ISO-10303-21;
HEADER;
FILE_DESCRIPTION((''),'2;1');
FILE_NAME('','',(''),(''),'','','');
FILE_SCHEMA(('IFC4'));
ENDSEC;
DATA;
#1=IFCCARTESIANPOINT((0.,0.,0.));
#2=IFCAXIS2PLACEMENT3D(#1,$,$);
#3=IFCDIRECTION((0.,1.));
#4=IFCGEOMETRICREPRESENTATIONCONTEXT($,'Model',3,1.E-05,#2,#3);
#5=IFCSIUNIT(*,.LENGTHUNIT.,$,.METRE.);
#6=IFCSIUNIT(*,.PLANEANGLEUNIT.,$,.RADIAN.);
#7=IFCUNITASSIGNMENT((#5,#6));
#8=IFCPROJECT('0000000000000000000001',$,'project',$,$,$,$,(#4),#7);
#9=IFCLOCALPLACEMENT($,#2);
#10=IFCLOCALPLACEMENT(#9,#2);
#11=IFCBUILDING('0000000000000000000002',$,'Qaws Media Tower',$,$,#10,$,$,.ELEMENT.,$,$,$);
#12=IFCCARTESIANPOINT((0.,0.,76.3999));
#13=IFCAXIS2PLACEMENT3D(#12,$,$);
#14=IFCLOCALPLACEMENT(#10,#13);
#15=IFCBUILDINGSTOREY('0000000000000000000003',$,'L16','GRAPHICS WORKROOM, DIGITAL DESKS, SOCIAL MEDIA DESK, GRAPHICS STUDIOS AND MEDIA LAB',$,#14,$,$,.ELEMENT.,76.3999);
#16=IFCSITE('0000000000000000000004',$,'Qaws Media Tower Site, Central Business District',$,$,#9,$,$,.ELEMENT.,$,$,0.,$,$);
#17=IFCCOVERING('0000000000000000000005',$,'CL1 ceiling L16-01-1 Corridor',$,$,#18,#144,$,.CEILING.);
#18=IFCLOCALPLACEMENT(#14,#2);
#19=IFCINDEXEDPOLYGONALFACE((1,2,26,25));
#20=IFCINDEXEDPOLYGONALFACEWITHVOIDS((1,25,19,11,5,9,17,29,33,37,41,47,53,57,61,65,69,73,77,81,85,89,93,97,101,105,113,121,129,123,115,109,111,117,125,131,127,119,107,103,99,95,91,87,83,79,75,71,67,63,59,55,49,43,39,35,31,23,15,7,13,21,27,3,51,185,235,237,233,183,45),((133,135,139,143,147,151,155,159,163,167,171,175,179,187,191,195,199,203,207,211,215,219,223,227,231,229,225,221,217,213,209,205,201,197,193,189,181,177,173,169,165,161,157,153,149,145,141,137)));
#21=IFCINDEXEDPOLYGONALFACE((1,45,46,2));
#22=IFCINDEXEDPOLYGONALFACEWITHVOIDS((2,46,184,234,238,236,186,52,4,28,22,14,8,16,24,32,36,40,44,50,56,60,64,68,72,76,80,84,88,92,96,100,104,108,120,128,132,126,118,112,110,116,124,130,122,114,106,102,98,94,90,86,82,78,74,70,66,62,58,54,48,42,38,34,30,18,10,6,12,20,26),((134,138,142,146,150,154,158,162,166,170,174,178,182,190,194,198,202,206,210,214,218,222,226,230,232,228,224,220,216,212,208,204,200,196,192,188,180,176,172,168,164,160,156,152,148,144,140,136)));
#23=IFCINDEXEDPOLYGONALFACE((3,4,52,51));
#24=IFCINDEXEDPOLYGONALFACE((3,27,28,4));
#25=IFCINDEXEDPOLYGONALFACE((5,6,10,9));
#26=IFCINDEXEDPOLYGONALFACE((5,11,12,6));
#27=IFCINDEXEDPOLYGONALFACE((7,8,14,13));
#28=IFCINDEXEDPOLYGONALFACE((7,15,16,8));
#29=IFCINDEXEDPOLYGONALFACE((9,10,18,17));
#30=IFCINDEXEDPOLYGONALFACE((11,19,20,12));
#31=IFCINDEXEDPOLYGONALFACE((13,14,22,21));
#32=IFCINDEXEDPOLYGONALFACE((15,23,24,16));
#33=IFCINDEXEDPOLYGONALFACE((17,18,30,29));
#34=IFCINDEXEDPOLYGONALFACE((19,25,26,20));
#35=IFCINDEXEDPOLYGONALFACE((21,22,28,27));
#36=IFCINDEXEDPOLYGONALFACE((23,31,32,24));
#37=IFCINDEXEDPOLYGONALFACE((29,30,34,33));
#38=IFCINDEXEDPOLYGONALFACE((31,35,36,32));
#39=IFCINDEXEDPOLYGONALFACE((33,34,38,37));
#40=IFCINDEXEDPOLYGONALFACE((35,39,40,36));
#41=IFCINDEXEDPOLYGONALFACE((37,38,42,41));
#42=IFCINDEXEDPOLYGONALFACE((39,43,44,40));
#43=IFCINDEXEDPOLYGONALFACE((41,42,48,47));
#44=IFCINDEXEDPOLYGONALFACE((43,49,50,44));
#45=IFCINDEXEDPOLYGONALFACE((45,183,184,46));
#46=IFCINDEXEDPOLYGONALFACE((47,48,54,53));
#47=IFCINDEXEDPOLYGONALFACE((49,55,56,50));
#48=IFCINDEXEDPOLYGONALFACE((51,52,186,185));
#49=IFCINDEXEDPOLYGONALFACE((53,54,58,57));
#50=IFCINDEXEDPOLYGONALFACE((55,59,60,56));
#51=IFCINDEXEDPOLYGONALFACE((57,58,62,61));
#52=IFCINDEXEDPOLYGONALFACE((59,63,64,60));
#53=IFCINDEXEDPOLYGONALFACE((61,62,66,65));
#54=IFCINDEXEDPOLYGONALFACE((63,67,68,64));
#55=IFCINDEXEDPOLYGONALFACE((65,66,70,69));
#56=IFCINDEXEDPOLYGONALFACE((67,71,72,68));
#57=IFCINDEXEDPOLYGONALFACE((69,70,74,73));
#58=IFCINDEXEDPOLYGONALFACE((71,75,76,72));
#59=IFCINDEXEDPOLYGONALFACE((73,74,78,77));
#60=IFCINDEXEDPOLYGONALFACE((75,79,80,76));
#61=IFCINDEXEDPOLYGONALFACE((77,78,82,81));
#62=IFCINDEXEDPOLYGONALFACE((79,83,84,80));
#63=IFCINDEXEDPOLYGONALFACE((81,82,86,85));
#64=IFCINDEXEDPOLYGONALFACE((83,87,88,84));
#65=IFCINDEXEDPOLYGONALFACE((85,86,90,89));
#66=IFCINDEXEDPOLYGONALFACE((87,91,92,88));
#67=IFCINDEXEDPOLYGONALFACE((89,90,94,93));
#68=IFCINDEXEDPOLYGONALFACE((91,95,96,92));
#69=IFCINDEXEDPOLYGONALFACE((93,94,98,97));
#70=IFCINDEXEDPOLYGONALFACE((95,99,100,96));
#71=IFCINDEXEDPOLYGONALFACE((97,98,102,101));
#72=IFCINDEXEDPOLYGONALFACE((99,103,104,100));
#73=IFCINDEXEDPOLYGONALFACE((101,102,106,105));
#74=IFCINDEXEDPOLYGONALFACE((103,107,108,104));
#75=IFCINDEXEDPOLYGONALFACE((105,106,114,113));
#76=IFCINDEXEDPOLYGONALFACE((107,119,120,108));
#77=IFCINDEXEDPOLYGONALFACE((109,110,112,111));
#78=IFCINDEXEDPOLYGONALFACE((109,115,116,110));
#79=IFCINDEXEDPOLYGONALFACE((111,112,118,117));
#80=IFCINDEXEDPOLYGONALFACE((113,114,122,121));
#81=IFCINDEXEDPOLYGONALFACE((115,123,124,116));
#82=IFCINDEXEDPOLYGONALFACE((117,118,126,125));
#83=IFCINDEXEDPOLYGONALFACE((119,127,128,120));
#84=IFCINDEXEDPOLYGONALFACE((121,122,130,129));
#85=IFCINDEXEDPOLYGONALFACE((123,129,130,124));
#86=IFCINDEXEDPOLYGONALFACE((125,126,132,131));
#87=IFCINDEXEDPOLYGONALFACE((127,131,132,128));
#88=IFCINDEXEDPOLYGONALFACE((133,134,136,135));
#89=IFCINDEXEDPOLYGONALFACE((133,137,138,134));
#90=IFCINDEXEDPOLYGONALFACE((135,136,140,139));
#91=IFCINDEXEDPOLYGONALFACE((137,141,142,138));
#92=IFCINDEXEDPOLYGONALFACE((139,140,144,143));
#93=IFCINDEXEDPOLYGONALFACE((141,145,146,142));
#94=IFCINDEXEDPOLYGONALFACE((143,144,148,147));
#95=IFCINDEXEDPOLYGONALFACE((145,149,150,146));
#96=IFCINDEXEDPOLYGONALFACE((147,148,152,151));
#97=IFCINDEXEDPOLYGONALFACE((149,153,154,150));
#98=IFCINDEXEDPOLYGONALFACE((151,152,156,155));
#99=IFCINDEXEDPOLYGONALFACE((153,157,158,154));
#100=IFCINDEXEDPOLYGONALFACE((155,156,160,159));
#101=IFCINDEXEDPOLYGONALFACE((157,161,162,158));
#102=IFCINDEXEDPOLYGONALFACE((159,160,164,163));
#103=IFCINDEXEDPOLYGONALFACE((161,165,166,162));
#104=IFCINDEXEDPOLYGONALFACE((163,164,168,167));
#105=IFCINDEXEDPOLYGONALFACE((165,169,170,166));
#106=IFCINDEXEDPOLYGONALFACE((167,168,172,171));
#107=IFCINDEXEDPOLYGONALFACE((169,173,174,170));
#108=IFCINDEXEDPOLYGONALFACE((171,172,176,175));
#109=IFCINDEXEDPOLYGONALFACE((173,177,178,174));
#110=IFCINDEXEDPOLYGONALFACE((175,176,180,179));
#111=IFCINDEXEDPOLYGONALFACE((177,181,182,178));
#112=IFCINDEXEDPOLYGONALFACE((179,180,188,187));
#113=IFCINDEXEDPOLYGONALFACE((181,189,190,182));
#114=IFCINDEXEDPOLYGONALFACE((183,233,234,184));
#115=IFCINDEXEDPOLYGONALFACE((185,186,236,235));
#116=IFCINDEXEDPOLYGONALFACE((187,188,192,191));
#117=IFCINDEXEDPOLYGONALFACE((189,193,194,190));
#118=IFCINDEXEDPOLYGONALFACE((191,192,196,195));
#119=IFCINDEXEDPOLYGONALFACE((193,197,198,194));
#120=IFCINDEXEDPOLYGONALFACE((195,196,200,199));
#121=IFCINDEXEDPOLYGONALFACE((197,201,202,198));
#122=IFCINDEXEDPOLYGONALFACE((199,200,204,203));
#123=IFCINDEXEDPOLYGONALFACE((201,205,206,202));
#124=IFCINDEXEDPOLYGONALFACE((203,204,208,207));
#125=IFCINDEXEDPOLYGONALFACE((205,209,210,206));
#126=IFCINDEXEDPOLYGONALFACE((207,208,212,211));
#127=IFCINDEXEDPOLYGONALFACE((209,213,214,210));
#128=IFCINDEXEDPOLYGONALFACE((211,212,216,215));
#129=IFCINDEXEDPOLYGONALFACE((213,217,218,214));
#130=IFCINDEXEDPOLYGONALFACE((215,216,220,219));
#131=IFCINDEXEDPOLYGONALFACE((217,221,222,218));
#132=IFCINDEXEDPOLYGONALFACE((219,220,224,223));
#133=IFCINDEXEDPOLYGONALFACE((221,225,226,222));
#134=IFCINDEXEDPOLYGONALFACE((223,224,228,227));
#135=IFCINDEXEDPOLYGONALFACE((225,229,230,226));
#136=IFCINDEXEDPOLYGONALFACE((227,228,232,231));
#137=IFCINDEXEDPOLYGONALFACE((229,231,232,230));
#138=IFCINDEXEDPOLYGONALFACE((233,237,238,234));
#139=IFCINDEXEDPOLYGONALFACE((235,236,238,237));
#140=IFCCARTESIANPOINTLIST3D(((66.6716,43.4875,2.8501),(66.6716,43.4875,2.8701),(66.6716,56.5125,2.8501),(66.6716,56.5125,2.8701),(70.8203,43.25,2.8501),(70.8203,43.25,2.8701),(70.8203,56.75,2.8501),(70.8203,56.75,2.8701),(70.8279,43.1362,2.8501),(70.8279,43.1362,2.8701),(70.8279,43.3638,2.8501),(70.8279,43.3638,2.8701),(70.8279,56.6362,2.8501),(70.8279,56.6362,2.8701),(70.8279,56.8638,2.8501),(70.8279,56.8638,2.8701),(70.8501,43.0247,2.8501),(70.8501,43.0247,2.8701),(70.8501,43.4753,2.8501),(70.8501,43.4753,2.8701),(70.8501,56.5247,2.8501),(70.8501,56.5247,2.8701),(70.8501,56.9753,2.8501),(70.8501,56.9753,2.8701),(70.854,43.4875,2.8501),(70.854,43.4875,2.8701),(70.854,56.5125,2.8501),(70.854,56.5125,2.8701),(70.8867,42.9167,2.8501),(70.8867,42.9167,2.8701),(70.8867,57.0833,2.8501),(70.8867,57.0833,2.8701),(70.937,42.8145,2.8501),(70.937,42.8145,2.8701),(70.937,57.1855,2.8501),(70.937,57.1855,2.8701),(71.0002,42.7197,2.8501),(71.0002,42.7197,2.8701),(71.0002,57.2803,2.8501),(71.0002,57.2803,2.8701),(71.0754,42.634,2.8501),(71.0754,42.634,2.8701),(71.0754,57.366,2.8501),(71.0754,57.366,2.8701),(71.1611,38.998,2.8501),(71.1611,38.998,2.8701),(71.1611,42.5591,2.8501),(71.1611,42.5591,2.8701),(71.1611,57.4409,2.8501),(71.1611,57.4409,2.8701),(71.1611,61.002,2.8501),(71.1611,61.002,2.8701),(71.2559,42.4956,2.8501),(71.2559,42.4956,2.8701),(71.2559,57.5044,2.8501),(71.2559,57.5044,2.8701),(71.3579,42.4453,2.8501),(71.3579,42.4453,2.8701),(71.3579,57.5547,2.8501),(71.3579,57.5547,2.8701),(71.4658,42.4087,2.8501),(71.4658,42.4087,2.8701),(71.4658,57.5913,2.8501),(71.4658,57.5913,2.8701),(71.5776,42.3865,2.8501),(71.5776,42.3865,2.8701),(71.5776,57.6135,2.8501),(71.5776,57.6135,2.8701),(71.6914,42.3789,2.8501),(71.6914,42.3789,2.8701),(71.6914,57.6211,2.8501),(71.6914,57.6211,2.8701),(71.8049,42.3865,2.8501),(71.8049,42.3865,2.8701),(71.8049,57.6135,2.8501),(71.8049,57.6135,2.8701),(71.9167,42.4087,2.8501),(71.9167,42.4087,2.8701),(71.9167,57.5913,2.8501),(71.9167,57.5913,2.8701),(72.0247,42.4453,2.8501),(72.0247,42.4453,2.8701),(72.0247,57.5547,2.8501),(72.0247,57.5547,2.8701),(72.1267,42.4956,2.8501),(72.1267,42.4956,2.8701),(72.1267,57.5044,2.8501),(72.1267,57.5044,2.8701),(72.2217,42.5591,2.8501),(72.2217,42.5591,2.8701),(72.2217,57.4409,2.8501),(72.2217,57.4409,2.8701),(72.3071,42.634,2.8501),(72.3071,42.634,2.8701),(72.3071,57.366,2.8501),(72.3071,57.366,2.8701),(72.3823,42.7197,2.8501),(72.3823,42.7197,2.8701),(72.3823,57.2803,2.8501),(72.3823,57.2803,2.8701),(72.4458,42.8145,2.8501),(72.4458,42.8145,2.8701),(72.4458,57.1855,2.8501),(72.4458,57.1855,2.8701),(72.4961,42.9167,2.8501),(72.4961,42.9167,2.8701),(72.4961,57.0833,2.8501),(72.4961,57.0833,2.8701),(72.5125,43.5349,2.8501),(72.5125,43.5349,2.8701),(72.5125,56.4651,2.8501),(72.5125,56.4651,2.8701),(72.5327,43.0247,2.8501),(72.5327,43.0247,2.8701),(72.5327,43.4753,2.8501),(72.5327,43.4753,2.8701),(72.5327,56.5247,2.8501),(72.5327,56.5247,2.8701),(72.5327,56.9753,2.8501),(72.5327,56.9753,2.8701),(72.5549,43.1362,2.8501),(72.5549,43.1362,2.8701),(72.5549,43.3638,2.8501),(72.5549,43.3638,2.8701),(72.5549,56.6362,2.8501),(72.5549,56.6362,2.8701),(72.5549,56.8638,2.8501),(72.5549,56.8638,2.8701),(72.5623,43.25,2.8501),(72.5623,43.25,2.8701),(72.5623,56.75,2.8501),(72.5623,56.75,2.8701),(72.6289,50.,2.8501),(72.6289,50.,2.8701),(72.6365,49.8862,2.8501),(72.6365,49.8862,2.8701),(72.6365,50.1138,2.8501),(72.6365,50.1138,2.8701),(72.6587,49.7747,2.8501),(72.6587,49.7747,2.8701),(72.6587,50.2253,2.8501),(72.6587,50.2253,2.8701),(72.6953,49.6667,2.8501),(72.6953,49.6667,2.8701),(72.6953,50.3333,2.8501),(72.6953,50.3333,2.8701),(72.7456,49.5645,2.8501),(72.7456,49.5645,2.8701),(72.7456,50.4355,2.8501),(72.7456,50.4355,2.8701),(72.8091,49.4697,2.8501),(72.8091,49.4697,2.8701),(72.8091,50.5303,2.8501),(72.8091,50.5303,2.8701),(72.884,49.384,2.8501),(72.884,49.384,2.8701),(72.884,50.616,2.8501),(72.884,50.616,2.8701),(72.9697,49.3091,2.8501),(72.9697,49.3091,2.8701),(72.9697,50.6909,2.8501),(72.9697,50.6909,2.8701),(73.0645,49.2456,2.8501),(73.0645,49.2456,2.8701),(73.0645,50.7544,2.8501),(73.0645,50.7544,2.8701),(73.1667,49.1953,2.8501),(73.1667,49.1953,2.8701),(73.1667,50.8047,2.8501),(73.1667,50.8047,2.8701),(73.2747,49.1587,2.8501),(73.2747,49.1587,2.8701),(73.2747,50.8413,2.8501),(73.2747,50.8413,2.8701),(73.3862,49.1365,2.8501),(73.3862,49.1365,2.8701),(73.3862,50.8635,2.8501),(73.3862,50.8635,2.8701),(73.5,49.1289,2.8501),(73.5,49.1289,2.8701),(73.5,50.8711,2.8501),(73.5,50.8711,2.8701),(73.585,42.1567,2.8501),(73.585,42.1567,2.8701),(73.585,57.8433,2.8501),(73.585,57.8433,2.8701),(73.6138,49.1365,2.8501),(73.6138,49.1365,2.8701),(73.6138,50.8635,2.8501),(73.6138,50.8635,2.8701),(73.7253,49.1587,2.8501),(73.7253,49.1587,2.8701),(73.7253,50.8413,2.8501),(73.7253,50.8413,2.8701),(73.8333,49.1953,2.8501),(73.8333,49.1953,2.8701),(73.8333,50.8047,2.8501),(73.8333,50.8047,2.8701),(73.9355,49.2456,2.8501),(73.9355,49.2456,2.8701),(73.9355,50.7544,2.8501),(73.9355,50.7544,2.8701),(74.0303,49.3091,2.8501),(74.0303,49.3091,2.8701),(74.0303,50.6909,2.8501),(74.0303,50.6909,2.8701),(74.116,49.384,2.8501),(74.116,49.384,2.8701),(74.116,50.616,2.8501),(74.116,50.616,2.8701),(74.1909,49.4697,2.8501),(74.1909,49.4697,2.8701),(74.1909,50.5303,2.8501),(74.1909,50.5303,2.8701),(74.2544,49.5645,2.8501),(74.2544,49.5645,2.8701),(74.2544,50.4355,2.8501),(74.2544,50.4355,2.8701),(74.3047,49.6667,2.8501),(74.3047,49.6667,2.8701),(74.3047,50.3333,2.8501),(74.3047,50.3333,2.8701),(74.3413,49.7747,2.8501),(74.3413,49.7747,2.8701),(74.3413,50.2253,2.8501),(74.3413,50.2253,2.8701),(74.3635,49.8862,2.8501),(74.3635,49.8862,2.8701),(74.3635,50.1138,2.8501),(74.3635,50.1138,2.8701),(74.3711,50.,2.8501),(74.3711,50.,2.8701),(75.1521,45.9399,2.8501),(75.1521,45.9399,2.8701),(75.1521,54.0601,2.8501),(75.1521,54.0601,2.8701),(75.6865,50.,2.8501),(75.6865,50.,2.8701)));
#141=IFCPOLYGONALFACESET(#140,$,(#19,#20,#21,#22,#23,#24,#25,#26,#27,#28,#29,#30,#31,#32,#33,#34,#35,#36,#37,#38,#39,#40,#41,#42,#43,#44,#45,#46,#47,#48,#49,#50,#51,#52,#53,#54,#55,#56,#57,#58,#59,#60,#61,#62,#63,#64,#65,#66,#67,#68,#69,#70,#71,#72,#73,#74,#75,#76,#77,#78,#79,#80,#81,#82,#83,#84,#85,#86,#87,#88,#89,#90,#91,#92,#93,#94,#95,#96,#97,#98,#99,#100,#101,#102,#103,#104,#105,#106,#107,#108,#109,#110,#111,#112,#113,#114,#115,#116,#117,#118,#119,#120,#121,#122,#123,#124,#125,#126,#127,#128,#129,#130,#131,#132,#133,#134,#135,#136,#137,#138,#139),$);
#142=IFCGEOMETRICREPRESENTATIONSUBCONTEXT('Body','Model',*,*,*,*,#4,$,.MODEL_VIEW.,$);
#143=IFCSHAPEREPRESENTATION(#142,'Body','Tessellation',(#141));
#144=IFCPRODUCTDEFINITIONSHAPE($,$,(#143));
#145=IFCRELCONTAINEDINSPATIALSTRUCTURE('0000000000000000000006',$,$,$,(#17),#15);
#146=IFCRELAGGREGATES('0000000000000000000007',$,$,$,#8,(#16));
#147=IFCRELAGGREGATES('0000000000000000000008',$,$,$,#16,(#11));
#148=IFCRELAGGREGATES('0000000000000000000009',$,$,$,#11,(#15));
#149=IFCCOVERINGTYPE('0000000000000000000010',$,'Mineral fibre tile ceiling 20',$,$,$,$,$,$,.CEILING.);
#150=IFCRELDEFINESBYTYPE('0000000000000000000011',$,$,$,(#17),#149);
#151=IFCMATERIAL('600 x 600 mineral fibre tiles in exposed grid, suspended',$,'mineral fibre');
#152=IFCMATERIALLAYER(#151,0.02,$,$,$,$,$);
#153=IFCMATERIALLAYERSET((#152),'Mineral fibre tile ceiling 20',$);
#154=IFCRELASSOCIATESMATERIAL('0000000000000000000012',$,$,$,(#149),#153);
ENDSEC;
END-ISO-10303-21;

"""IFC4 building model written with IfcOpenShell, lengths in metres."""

from ifc_helpers import new_model, si_unit, direction, frame, origin, place, context, subcontext, project, spatial, polyline, outline, extrude, material, layer, layer_set, type_object, element, save


model = new_model("IFC4")

# Units and contexts
model_context = context("Model", 3, precision=1e-05, world=origin(), true_north=direction((0.0, 1.0)))
body_context = subcontext(model_context, "Body", "Model", "MODEL_VIEW")
ifc_project = project(units=[si_unit("LENGTHUNIT", "METRE"), si_unit("PLANEANGLEUNIT", "RADIAN")], contexts=[model_context])

# Site, building, storey
site_placement = place(None, origin())
site = spatial("IfcSite", under=ifc_project, at=site_placement, Name="Qaws Media Tower Site, Central Business District", CompositionType="ELEMENT", RefElevation=0.0)
building_placement = place(site_placement, origin())
building = spatial("IfcBuilding", under=site, at=building_placement, Name="Qaws Media Tower", CompositionType="ELEMENT")
storey_placement = place(building_placement, frame((0.0, 0.0, 76.3999)))
storey = spatial("IfcBuildingStorey", under=building, at=storey_placement, Name="L16", Description="GRAPHICS WORKROOM, DIGITAL DESKS, SOCIAL MEDIA DESK, GRAPHICS STUDIOS AND MEDIA LAB", CompositionType="ELEMENT", Elevation=76.3999)

# Covering
ifc_material_1 = material(Name="600 x 600 mineral fibre tiles in exposed grid, suspended", Category="mineral fibre")
ifc_layer_1 = layer(ifc_material_1, 0.02)
ifc_layer_set_1 = layer_set([ifc_layer_1], Name="Mineral fibre tile ceiling 20")
covering_type_1 = type_object("IfcCoveringType", Name="Mineral fibre tile ceiling 20", PredefinedType="CEILING", material=ifc_layer_set_1)
covering_1_placement = place(storey_placement, frame((0.0, 0.0, 2.8501)))
element("IfcCovering", 1, at=covering_1_placement, inside=storey, type_object=covering_type_1, Name="CL1 ceiling L16-01-1 Corridor", PredefinedType="CEILING", context=body_context, shape_type="SweptSolid", body=[
    extrude(outline(polyline([(73.585, 57.8433), (75.1521, 54.0601), (75.6865, 50.0), (75.1521, 45.9399), (73.585, 42.1567), (71.1611, 38.998), (66.6716, 43.4875), (70.854, 43.4875), (70.8501, 43.4753), (70.8279, 43.3638), (70.8203, 43.25), (70.8279, 43.1362), (70.8501, 43.0247), (70.8867, 42.9167), (70.937, 42.8145), (71.0002, 42.7197), (71.0754, 42.634), (71.1611, 42.5591), (71.2559, 42.4956), (71.3579, 42.4453), (71.4658, 42.4087), (71.5776, 42.3865), (71.6914, 42.3789), (71.8049, 42.3865), (71.9167, 42.4087), (72.0247, 42.4453), (72.1267, 42.4956), (72.2217, 42.5591), (72.3071, 42.634), (72.3823, 42.7197), (72.4458, 42.8145), (72.4961, 42.9167), (72.5327, 43.0247), (72.5549, 43.1362), (72.5623, 43.25), (72.5549, 43.3638), (72.5327, 43.4753), (72.5125, 43.5349), (72.5125, 56.4651), (72.5327, 56.5247), (72.5549, 56.6362), (72.5623, 56.75), (72.5549, 56.8638), (72.5327, 56.9753), (72.4961, 57.0833), (72.4458, 57.1855), (72.3823, 57.2803), (72.3071, 57.366), (72.2217, 57.4409), (72.1267, 57.5044), (72.0247, 57.5547), (71.9167, 57.5913), (71.8049, 57.6135), (71.6914, 57.6211), (71.5776, 57.6135), (71.4658, 57.5913), (71.3579, 57.5547), (71.2559, 57.5044), (71.1611, 57.4409), (71.0754, 57.366), (71.0002, 57.2803), (70.937, 57.1855), (70.8867, 57.0833), (70.8501, 56.9753), (70.8279, 56.8638), (70.8203, 56.75), (70.8279, 56.6362), (70.8501, 56.5247), (70.854, 56.5125), (66.6716, 56.5125), (71.1611, 61.002), (73.585, 57.8433)]), holes=[polyline([(74.3413, 49.7747), (74.3635, 49.8862), (74.3711, 50.0), (74.3635, 50.1138), (74.3413, 50.2253), (74.3047, 50.3333), (74.2544, 50.4355), (74.1909, 50.5303), (74.116, 50.616), (74.0303, 50.6909), (73.9355, 50.7544), (73.8333, 50.8047), (73.7253, 50.8413), (73.6138, 50.8635), (73.5, 50.8711), (73.3862, 50.8635), (73.2747, 50.8413), (73.1667, 50.8047), (73.0645, 50.7544), (72.9697, 50.6909), (72.884, 50.616), (72.8091, 50.5303), (72.7456, 50.4355), (72.6953, 50.3333), (72.6587, 50.2253), (72.6365, 50.1138), (72.6289, 50.0), (72.6365, 49.8862), (72.6587, 49.7747), (72.6953, 49.6667), (72.7456, 49.5645), (72.8091, 49.4697), (72.884, 49.384), (72.9697, 49.3091), (73.0645, 49.2456), (73.1667, 49.1953), (73.2747, 49.1587), (73.3862, 49.1365), (73.5, 49.1289), (73.6138, 49.1365), (73.7253, 49.1587), (73.8333, 49.1953), (73.9355, 49.2456), (74.0303, 49.3091), (74.116, 49.384), (74.1909, 49.4697), (74.2544, 49.5645), (74.3047, 49.6667), (74.3413, 49.7747)])]), origin(), (0.0, 0.0, 1.0), 0.02),
])

save(model, "model.ifc")
